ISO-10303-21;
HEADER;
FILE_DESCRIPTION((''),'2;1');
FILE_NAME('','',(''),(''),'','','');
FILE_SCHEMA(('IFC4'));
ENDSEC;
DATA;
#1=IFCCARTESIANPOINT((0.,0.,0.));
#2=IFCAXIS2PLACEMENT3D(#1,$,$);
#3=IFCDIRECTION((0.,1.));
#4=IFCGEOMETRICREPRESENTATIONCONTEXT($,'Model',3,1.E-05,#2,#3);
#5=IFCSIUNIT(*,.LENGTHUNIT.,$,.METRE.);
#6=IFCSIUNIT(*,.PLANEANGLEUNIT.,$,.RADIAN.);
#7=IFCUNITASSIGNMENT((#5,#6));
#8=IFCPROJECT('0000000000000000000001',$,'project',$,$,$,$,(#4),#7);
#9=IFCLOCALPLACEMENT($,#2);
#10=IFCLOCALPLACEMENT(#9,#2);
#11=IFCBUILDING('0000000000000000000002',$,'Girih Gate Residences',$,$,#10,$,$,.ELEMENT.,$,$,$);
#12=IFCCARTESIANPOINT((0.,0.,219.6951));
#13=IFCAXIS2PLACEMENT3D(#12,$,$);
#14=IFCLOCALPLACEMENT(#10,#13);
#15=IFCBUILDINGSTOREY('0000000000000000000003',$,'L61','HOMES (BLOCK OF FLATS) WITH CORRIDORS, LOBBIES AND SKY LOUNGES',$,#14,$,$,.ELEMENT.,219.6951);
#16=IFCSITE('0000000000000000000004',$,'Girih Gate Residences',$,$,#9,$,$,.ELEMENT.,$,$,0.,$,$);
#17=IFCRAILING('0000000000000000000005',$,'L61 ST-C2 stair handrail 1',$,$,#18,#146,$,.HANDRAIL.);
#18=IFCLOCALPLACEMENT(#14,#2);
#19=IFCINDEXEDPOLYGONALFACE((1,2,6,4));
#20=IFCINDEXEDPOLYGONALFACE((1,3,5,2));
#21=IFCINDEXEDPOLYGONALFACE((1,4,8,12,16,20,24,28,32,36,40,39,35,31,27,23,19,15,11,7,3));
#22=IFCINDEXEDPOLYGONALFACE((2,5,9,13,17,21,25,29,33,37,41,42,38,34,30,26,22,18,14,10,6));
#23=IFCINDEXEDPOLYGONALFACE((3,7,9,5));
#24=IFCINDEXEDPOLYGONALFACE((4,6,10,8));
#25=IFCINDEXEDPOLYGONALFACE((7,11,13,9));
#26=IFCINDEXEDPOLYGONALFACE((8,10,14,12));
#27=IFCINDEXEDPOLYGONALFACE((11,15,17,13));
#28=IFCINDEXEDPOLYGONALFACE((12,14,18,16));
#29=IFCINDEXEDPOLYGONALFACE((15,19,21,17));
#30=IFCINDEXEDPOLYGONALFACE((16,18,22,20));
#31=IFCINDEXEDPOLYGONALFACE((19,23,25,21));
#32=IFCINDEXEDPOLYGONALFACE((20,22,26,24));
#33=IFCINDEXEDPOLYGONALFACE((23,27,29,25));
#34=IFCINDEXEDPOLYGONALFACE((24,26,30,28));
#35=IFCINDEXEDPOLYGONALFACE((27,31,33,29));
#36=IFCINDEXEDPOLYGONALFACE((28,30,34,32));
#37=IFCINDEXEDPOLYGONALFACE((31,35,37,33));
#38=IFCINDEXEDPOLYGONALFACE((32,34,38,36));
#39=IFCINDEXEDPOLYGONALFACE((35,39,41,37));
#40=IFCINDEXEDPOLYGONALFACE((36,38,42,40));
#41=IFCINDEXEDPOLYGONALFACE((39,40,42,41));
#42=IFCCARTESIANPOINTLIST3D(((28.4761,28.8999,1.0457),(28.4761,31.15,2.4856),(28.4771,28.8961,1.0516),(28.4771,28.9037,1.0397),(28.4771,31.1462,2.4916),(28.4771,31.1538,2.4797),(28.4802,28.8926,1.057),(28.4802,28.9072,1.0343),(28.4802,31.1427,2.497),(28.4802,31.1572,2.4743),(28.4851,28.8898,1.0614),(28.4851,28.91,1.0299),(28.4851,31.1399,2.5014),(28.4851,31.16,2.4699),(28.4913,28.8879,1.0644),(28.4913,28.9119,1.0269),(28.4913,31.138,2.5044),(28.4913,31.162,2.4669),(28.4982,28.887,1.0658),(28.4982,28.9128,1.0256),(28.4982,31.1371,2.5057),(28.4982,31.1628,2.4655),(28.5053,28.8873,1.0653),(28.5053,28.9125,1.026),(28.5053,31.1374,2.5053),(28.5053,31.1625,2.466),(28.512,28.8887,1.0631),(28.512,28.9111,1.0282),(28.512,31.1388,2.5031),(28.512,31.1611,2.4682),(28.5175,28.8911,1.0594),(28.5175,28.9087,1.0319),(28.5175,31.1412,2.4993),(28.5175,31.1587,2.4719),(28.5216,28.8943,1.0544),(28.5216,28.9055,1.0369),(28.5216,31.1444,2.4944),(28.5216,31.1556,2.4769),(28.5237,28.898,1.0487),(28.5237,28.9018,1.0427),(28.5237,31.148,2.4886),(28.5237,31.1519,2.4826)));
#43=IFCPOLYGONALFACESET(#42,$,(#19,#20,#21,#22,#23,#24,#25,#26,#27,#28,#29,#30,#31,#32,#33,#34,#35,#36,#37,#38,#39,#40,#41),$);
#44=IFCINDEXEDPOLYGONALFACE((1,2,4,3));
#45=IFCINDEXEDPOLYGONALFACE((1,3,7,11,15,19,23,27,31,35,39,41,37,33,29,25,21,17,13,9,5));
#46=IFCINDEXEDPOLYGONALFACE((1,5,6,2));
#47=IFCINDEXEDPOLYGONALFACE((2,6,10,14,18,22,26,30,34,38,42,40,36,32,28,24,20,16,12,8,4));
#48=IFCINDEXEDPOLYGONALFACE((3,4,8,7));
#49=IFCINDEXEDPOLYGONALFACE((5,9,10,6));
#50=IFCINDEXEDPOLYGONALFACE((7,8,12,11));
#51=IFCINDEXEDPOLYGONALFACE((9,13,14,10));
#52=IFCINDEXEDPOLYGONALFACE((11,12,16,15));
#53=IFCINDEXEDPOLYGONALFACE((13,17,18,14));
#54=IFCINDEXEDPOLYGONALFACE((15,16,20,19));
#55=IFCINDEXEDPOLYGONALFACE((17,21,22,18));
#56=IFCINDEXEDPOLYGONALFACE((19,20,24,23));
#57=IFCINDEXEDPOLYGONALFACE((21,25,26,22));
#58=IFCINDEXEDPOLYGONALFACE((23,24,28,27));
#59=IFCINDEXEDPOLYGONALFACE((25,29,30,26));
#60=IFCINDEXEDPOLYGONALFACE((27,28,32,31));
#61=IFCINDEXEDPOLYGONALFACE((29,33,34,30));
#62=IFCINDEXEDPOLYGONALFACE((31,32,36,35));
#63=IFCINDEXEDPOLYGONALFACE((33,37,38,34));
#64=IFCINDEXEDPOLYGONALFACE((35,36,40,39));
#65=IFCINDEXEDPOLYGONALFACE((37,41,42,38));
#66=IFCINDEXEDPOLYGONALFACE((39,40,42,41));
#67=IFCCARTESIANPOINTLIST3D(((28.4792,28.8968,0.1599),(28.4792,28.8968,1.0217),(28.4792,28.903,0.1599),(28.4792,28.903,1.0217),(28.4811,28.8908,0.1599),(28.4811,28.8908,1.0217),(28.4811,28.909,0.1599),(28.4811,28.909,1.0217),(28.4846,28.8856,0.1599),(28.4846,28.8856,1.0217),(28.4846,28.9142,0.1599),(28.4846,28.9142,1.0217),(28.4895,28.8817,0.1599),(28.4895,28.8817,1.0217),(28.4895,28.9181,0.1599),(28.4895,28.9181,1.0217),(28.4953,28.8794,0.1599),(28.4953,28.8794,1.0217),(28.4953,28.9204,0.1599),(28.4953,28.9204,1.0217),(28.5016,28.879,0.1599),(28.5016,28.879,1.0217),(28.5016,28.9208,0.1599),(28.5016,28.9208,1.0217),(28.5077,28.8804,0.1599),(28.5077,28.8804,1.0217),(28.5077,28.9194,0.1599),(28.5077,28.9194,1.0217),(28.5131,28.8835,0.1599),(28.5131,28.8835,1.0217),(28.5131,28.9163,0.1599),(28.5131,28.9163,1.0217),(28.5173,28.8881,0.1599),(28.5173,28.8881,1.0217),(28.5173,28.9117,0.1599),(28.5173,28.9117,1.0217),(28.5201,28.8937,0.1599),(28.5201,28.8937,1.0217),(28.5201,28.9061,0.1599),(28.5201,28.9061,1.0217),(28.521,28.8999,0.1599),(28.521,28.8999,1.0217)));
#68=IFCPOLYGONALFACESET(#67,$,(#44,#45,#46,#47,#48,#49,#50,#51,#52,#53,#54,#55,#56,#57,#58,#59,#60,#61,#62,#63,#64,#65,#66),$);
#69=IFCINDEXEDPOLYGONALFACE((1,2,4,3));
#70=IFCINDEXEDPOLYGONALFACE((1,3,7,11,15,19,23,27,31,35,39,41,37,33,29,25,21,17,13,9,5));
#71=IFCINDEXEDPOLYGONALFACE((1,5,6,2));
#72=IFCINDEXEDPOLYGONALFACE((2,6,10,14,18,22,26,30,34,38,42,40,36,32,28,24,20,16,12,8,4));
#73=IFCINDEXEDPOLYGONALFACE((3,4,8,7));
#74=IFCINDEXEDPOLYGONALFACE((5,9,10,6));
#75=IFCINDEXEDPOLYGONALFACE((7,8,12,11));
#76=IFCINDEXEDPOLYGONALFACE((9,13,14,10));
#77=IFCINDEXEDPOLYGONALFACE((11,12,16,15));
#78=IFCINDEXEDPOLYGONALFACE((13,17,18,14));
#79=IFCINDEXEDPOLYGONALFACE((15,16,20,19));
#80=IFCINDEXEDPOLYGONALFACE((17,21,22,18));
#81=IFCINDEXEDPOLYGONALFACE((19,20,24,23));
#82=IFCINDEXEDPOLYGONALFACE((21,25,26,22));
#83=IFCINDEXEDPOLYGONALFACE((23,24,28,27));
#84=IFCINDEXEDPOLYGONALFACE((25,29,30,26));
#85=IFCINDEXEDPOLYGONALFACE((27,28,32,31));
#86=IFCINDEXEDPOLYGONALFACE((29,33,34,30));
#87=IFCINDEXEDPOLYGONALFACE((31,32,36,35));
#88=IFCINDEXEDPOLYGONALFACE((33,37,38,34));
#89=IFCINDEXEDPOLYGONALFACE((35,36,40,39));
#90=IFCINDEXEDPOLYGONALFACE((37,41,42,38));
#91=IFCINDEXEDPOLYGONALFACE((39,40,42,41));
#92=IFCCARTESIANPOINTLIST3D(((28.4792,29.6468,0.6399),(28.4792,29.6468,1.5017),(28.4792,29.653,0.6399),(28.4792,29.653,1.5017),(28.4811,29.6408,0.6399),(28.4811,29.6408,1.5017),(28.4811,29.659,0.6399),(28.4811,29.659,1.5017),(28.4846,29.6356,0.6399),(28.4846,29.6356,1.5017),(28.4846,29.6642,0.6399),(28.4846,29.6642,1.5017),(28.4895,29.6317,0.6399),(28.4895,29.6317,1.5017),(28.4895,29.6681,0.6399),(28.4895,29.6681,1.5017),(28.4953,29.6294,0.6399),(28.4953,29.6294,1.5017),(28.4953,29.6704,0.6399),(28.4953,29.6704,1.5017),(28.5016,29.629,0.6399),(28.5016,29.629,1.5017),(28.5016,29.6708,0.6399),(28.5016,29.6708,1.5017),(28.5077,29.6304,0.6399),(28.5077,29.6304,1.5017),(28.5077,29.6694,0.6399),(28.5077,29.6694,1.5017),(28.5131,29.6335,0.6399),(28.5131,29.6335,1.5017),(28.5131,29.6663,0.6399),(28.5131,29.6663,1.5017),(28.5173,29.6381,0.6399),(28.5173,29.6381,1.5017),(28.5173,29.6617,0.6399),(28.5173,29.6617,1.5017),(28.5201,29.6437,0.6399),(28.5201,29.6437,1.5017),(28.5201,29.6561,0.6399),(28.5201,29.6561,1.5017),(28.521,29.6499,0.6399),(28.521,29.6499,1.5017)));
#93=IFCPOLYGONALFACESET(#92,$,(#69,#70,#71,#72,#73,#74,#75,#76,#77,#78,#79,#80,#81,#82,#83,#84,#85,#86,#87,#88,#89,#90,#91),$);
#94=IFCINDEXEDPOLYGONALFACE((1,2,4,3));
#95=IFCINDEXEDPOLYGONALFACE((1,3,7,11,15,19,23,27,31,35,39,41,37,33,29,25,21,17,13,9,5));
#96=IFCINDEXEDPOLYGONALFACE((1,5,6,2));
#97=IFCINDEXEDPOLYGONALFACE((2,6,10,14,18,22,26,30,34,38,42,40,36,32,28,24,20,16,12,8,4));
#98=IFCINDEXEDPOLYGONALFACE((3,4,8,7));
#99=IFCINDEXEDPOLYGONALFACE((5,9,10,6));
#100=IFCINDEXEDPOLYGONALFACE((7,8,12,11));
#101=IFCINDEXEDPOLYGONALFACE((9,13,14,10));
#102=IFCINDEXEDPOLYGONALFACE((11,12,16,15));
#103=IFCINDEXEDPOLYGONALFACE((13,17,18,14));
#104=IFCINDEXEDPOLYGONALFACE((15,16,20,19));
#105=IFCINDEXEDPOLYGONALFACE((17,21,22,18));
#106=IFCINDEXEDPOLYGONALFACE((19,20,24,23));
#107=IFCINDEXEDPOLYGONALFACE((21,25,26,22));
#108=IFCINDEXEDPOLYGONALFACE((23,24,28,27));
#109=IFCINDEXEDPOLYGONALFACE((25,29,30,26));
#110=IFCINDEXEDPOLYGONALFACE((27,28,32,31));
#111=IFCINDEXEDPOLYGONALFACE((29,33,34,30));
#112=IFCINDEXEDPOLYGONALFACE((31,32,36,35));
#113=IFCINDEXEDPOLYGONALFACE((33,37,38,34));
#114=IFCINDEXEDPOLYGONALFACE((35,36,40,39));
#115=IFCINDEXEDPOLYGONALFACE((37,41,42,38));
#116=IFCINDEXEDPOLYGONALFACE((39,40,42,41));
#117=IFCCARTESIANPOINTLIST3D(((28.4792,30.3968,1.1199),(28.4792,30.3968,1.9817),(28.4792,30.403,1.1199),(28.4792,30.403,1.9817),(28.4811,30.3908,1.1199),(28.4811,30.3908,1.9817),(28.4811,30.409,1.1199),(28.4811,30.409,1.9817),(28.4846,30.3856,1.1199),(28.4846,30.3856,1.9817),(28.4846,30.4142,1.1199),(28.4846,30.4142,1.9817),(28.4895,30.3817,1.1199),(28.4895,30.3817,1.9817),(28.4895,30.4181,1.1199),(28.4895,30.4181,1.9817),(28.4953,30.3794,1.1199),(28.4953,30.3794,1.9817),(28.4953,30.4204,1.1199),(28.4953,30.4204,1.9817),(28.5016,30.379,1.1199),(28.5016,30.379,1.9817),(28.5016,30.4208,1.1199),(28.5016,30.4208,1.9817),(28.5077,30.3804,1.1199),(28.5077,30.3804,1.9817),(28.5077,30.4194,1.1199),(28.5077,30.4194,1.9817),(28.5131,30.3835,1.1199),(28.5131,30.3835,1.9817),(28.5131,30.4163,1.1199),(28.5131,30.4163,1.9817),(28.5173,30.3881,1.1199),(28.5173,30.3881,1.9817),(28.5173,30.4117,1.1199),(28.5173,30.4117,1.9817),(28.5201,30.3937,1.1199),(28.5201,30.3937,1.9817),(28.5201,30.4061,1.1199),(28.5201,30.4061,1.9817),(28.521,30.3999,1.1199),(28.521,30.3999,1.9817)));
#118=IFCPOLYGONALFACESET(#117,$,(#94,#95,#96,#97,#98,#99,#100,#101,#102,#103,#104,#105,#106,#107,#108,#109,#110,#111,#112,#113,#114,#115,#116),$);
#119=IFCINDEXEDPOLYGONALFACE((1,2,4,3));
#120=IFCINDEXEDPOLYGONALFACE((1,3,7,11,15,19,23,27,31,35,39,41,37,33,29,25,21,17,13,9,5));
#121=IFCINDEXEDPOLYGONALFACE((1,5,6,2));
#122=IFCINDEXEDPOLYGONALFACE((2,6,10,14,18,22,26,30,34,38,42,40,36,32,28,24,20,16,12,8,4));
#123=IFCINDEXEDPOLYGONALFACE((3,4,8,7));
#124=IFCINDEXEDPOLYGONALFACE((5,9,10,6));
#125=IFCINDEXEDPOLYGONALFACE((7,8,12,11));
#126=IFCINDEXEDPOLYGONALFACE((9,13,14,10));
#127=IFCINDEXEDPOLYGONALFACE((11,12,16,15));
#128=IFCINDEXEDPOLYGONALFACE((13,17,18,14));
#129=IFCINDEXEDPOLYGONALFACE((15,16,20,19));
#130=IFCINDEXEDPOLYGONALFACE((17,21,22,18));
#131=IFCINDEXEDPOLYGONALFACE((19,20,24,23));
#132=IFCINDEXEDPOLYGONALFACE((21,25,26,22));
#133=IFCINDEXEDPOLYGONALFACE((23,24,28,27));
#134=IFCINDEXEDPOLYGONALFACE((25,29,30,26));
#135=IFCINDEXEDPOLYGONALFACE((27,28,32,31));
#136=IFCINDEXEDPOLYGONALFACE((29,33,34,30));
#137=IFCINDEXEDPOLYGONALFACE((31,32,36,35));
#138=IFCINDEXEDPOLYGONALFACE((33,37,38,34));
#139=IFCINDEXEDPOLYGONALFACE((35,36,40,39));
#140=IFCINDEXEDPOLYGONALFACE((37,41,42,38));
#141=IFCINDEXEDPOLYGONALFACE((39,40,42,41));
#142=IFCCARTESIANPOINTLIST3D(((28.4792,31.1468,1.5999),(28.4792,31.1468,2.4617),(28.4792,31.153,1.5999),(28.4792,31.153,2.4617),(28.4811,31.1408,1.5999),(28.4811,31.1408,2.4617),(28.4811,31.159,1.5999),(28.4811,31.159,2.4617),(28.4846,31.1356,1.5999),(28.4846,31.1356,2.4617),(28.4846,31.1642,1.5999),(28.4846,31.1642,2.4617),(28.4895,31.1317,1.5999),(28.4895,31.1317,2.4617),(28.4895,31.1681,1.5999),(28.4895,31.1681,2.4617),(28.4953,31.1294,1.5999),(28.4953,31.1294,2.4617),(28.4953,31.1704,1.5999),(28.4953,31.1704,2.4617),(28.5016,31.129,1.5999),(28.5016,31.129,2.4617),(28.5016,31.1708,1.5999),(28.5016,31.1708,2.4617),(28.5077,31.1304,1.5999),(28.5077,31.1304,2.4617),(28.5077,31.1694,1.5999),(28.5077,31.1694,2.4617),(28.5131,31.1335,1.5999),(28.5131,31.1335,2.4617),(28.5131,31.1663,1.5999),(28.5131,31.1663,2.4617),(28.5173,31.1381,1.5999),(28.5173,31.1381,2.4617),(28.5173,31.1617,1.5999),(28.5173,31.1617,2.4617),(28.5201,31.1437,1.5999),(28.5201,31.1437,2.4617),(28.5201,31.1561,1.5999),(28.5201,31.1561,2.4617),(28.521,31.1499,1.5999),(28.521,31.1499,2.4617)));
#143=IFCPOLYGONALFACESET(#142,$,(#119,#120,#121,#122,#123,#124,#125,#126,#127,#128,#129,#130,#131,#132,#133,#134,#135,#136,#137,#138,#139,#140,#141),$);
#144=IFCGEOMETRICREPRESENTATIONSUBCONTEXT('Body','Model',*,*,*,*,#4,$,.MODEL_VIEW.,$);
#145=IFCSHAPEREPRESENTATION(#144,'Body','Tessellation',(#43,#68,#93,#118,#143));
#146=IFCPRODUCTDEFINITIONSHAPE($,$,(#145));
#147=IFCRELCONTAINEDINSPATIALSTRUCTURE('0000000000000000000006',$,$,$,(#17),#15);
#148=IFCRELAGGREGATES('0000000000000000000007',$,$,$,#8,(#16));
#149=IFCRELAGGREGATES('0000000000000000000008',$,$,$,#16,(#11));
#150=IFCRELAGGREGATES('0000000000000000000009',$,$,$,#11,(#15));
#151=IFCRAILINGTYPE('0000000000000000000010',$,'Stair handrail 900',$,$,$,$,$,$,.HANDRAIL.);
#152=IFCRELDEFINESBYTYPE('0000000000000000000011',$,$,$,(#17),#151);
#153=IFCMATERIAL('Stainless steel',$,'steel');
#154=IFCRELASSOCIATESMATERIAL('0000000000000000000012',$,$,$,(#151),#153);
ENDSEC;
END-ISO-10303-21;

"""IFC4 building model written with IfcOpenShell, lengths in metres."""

from ifc_helpers import new_model, si_unit, direction, frame, origin, origin_2d, place, context, subcontext, project, spatial, circle, extrude, material, type_object, element, save


model = new_model("IFC4")

# Units and contexts
model_context = context("Model", 3, precision=1e-05, world=origin(), true_north=direction((0.0, 1.0)))
body_context = subcontext(model_context, "Body", "Model", "MODEL_VIEW")
ifc_project = project(units=[si_unit("LENGTHUNIT", "METRE"), si_unit("PLANEANGLEUNIT", "RADIAN")], contexts=[model_context])

# Site, building, storey
site_placement = place(None, origin())
site = spatial("IfcSite", under=ifc_project, at=site_placement, Name="Girih Gate Residences", CompositionType="ELEMENT", RefElevation=0.0)
building_placement = place(site_placement, origin())
building = spatial("IfcBuilding", under=site, at=building_placement, Name="Girih Gate Residences", CompositionType="ELEMENT")
storey_placement = place(building_placement, frame((0.0, 0.0, 219.6951)))
storey = spatial("IfcBuildingStorey", under=building, at=storey_placement, Name="L61", Description="HOMES (BLOCK OF FLATS) WITH CORRIDORS, LOBBIES AND SKY LOUNGES", CompositionType="ELEMENT", Elevation=219.6951)

# Railing
ifc_material_1 = material(Name="Stainless steel", Category="steel")
railing_type_1 = type_object("IfcRailingType", Name="Stair handrail 900", PredefinedType="HANDRAIL", material=ifc_material_1)
for number, where, name in (
    (1, (28.5, 28.8999, 0.1599), "L61 ST-C2 stair handrail 1"),
):
    element("IfcRailing", number, at=place(storey_placement, frame(where)), inside=storey, type_object=railing_type_1, Name=name, PredefinedType="HANDRAIL", context=body_context, shape_type="SweptSolid", body=[
        extrude(circle(Radius=0.0239, at=origin_2d()), frame((0.0, 0.0, 0.8857), z_axis=(0.0, 0.842281, 0.539038), x_axis=(-1.0, 0.0, 0.0)), (0.0, 0.0, 1.0), 2.6714),
        extrude(circle(Radius=0.021, at=origin_2d()), origin(), (0.0, 0.0, 1.0), 0.8618),
        extrude(circle(Radius=0.021, at=origin_2d()), frame((0.0, 0.75, 0.48)), (0.0, 0.0, 1.0), 0.8618),
        extrude(circle(Radius=0.021, at=origin_2d()), frame((0.0, 1.5, 0.96)), (0.0, 0.0, 1.0), 0.8618),
        extrude(circle(Radius=0.021, at=origin_2d()), frame((0.0, 2.25, 1.4399)), (0.0, 0.0, 1.0), 0.8618),
    ])

save(model, "model.ifc")
